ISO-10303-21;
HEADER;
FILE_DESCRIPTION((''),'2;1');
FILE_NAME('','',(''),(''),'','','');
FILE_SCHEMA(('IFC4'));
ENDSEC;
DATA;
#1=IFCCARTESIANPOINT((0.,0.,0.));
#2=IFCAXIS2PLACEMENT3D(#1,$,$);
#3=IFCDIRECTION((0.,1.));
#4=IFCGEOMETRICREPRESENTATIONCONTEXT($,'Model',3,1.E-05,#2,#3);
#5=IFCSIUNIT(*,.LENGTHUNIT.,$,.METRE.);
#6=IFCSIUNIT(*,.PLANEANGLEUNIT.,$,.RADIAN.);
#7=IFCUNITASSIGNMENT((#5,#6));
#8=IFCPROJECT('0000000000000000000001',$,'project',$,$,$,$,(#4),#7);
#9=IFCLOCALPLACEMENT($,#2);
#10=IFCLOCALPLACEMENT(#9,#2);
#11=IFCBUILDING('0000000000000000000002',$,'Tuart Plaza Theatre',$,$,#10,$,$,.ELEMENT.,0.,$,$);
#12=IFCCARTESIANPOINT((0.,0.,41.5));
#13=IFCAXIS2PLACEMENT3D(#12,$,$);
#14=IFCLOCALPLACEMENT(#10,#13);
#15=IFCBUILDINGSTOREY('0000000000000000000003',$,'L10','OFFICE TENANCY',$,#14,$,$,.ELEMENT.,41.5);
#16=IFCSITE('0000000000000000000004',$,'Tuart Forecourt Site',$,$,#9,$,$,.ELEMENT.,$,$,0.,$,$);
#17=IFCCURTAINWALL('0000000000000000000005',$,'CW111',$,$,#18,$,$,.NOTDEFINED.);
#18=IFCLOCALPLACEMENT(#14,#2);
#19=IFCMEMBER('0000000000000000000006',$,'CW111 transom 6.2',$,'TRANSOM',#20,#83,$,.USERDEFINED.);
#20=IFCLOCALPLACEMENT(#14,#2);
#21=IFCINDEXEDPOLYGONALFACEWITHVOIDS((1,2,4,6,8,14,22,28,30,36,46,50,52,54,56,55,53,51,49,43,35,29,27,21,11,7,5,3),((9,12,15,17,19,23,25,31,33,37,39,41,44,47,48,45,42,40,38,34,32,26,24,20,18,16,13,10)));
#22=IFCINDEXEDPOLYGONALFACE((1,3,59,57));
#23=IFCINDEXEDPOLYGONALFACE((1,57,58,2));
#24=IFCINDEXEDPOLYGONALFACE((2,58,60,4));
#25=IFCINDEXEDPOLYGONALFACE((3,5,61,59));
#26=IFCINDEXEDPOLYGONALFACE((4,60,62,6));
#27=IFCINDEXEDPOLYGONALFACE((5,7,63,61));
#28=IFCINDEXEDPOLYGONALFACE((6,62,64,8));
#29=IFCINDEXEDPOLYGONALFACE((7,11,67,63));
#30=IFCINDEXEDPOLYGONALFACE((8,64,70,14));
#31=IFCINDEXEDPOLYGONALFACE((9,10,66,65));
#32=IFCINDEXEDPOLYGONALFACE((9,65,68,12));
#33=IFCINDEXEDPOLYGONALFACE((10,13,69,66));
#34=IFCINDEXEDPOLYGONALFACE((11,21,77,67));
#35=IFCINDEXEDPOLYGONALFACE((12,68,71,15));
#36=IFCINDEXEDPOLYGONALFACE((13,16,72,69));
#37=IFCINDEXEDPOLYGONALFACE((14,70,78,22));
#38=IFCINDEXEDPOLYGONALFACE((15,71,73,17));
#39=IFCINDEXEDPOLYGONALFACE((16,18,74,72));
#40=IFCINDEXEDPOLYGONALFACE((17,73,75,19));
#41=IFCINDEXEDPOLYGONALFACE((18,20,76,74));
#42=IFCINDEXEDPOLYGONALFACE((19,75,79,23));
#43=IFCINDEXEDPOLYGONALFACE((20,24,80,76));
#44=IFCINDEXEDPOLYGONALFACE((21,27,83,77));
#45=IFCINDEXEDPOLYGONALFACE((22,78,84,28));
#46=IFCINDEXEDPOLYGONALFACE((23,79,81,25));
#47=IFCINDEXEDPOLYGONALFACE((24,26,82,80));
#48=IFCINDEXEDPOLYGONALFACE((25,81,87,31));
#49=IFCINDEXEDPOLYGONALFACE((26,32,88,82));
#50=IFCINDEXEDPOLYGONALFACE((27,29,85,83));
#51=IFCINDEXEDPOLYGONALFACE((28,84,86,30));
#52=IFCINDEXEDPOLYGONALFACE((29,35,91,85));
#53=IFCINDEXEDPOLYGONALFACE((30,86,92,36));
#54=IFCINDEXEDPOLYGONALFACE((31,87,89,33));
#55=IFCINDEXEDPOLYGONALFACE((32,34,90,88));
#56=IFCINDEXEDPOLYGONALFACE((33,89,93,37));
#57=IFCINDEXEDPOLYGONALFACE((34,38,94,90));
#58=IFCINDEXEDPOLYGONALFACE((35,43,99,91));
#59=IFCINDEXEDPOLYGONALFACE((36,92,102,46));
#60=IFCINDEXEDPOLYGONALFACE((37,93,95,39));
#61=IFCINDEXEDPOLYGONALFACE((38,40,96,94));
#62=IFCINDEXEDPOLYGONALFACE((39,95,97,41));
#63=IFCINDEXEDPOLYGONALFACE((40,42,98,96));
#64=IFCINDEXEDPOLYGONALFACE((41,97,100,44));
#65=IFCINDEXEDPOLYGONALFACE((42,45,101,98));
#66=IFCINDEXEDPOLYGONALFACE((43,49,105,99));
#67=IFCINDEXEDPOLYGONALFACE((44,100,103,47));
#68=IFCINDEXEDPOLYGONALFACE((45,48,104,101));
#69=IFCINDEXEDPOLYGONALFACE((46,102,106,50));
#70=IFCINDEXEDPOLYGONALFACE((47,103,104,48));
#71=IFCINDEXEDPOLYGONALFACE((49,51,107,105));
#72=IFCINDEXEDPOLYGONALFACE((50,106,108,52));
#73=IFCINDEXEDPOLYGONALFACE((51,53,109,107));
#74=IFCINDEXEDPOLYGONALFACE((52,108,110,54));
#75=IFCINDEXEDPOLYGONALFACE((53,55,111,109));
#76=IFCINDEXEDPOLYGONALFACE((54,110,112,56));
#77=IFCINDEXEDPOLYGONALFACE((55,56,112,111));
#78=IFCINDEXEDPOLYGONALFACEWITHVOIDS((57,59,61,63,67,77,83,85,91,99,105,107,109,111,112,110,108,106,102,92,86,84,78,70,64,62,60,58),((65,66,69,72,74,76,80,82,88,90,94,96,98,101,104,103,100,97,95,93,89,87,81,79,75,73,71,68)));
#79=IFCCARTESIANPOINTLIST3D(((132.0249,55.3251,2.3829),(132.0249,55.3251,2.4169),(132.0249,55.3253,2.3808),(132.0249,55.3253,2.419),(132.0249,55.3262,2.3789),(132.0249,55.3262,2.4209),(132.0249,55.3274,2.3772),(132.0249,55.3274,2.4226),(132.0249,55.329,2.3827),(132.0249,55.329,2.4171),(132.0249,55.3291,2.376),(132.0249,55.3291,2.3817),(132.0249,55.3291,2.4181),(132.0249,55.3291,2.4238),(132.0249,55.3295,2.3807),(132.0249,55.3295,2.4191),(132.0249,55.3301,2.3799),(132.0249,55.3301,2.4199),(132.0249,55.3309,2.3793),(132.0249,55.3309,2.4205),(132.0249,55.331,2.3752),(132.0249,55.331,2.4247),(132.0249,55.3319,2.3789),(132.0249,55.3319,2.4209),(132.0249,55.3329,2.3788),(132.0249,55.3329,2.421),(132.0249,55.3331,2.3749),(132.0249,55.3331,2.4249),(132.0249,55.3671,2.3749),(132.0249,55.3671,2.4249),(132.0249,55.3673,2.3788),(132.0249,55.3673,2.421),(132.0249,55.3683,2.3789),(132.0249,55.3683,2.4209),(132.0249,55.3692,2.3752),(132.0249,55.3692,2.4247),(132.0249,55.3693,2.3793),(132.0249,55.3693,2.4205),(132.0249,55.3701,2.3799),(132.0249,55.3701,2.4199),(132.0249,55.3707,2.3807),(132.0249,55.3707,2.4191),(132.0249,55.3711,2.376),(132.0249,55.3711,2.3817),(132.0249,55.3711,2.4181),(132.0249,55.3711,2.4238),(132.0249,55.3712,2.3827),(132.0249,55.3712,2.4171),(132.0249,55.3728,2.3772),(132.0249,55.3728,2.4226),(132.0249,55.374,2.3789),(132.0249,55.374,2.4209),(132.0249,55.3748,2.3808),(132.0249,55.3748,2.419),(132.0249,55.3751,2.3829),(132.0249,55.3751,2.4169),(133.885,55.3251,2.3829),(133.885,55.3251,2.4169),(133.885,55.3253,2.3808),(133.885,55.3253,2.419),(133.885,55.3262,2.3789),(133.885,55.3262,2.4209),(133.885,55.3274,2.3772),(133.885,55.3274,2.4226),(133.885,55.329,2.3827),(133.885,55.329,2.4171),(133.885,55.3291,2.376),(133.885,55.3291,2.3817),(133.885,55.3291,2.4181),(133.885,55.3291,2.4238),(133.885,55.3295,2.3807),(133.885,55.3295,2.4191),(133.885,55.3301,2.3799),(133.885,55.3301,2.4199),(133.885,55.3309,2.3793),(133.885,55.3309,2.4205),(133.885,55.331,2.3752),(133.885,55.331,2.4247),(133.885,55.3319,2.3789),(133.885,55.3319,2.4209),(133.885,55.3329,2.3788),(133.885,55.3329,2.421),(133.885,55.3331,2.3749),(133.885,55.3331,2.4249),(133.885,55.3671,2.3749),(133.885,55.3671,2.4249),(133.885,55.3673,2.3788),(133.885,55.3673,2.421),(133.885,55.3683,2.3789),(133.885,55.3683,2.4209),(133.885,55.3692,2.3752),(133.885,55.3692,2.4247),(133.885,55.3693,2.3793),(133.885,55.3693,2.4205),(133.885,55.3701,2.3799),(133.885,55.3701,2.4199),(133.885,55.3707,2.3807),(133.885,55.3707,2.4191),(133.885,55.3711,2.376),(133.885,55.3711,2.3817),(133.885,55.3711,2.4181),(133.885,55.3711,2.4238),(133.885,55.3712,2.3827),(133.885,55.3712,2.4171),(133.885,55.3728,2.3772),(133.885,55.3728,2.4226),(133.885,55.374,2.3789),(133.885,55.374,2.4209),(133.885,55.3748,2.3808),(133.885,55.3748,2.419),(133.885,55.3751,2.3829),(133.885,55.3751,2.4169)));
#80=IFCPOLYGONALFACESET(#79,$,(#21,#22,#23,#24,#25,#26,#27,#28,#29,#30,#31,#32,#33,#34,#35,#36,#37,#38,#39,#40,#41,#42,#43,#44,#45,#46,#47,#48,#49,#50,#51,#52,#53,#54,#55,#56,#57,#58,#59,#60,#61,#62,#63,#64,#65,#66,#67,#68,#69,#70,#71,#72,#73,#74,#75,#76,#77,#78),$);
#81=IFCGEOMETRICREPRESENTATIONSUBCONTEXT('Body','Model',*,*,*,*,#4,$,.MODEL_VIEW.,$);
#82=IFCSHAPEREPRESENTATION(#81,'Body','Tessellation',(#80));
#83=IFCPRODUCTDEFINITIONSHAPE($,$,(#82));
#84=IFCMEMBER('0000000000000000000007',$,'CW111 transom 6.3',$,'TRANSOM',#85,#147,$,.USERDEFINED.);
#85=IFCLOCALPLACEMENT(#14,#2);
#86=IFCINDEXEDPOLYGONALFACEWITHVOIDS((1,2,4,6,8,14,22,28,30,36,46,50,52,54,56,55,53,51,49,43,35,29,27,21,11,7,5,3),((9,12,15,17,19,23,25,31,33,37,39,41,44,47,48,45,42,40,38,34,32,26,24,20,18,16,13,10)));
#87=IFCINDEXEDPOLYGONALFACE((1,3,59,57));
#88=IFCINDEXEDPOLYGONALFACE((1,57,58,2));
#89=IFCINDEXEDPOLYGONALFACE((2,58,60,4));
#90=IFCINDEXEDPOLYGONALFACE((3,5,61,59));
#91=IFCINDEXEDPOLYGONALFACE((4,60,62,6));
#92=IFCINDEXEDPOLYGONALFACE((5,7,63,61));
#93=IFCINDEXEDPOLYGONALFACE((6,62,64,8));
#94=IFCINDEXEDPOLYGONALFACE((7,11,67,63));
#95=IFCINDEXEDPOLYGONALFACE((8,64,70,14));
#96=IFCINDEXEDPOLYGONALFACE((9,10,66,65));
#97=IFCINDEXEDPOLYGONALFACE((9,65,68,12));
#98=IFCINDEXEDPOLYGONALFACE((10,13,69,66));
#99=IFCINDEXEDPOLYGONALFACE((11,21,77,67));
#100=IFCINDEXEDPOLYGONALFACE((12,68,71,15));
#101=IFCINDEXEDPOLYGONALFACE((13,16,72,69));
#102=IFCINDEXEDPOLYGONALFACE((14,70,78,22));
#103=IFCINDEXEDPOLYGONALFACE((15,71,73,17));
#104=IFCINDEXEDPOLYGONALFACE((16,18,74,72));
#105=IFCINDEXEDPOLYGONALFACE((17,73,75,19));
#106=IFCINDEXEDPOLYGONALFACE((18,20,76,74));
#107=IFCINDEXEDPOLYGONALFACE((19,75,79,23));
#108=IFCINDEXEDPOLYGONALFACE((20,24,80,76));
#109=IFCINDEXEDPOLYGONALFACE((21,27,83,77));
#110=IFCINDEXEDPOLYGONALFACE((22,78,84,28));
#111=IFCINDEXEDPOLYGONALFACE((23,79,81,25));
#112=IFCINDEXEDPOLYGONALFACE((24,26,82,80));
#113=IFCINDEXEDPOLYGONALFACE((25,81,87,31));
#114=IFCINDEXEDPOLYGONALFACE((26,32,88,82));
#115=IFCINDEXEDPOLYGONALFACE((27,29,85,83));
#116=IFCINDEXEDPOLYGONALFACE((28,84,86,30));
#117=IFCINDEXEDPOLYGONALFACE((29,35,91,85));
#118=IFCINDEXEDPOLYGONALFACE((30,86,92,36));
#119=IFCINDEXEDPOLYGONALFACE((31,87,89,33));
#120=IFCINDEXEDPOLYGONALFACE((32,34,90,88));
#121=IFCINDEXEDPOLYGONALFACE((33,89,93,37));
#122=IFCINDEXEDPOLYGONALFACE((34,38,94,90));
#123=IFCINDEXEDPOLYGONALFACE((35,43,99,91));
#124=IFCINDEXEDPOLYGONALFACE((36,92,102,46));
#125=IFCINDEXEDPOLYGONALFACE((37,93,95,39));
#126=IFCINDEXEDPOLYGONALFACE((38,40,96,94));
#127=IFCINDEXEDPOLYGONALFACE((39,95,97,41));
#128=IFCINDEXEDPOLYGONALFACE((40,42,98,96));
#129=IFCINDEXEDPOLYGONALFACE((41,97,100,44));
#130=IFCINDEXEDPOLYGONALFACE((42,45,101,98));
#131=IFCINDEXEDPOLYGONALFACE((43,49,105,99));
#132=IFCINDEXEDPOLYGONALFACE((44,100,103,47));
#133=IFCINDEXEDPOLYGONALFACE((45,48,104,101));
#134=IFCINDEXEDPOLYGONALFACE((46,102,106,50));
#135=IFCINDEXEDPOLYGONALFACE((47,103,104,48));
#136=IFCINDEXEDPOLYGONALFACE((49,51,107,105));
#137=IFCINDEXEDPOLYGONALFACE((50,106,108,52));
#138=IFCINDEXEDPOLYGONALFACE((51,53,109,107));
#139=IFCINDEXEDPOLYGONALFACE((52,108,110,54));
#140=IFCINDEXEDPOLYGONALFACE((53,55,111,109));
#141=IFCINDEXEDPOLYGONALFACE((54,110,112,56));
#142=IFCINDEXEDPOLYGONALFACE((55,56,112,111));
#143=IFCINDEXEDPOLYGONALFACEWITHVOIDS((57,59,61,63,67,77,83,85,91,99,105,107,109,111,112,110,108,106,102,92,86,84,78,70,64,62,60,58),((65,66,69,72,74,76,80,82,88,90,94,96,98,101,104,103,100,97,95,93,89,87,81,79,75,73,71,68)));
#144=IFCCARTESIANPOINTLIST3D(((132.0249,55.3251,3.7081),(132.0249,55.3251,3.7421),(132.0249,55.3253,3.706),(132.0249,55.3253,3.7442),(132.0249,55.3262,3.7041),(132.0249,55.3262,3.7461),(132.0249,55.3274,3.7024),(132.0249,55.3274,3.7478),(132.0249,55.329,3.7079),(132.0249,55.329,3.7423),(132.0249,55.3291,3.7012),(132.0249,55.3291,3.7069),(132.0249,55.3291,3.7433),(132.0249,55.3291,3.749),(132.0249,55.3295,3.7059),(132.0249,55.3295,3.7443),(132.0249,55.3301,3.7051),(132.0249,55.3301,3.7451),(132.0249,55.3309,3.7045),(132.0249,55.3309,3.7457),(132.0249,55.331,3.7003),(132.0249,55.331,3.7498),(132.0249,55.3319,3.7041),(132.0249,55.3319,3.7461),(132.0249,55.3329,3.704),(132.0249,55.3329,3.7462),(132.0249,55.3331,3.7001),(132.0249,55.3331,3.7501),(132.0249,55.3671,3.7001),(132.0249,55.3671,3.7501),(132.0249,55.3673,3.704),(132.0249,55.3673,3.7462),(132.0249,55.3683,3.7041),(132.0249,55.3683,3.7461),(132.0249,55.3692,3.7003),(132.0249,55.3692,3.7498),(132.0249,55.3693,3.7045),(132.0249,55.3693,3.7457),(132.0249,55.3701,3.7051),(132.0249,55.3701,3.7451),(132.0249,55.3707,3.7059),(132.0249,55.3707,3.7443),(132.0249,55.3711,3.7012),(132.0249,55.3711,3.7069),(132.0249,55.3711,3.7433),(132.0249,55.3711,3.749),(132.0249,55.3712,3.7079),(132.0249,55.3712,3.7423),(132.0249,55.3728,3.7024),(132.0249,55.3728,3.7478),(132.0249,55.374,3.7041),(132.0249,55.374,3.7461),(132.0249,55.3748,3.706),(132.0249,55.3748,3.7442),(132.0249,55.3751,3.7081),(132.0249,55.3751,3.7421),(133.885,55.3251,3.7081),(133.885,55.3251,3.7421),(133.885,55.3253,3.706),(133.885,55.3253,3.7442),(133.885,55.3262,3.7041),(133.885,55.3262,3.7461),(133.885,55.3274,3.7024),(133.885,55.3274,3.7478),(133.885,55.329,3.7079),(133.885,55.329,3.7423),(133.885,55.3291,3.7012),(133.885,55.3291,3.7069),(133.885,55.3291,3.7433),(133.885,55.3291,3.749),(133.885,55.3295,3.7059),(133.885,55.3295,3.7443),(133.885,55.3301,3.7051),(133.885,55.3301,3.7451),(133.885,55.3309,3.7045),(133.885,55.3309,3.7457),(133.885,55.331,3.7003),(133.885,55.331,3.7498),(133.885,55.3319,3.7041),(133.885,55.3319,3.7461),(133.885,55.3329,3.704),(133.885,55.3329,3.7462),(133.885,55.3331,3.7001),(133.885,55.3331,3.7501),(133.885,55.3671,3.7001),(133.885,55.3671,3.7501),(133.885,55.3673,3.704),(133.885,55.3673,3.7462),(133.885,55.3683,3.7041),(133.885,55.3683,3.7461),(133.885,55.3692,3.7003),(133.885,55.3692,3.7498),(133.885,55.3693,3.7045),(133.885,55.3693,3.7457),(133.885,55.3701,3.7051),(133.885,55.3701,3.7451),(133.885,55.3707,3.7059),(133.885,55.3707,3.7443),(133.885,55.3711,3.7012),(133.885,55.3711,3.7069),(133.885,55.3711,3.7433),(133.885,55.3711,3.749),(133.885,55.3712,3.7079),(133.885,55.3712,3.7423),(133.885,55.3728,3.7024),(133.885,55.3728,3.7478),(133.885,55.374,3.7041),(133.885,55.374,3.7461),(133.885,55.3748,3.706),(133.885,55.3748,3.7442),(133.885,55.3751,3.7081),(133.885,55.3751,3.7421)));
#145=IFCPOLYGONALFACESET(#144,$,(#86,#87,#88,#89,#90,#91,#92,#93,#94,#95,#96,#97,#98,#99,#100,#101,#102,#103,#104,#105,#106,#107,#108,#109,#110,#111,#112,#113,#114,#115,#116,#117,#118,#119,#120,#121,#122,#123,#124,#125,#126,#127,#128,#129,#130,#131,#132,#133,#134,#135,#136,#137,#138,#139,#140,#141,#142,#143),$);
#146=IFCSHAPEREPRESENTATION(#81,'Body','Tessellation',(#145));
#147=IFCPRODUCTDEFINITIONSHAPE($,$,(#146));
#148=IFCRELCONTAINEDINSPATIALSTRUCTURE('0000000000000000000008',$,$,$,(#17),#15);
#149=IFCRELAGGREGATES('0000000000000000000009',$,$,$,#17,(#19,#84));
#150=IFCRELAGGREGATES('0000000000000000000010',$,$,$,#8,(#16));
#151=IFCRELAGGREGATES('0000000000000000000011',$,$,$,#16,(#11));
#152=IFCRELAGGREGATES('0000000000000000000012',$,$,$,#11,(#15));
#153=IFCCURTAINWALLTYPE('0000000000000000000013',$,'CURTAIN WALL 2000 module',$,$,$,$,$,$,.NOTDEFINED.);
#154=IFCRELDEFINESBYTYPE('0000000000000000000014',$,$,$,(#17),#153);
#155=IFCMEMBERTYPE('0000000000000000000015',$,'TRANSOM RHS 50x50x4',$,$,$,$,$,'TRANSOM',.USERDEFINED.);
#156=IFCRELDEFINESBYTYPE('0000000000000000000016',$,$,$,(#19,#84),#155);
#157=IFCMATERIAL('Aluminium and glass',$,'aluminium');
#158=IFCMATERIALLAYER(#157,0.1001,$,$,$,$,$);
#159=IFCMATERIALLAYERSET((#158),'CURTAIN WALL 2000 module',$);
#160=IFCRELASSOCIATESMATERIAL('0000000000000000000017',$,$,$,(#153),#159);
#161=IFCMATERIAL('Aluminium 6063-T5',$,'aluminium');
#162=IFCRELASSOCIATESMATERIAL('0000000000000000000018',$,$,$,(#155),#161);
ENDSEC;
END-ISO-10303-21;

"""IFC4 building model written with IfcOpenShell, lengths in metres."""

from ifc_helpers import new_model, si_unit, direction, frame, origin, origin_2d, place, context, subcontext, project, spatial, hollow_rectangle, extrude, material, layer, layer_set, material_profile, profile_set, type_object, element, aggregate, save


model = new_model("IFC4")

# Units and contexts
model_context = context("Model", 3, precision=1e-05, world=origin(), true_north=direction((0.0, 1.0)))
body_context = subcontext(model_context, "Body", "Model", "MODEL_VIEW")
ifc_project = project(units=[si_unit("LENGTHUNIT", "METRE"), si_unit("PLANEANGLEUNIT", "RADIAN")], contexts=[model_context])

# Site, building, storey
site_placement = place(None, origin())
site = spatial("IfcSite", under=ifc_project, at=site_placement, Name="Tuart Forecourt Site", CompositionType="ELEMENT", RefElevation=0.0)
building_placement = place(site_placement, origin())
building = spatial("IfcBuilding", under=site, at=building_placement, Name="Tuart Plaza Theatre", CompositionType="ELEMENT", ElevationOfRefHeight=0.0)
storey_placement = place(building_placement, frame((0.0, 0.0, 41.5)))
storey = spatial("IfcBuildingStorey", under=building, at=storey_placement, Name="L10", Description="OFFICE TENANCY", CompositionType="ELEMENT", Elevation=41.5)

# Curtain wall, members
ifc_material_1 = material(Name="Aluminium and glass", Category="aluminium")
ifc_layer_1 = layer(ifc_material_1, 0.1001)
ifc_layer_set_1 = layer_set([ifc_layer_1], Name="CURTAIN WALL 2000 module")
curtain_wall_type = type_object("IfcCurtainWallType", Name="CURTAIN WALL 2000 module", PredefinedType="NOTDEFINED", material=ifc_layer_set_1)
curtain_wall_placement = place(storey_placement, origin())
curtain_wall = element("IfcCurtainWall", 1, at=curtain_wall_placement, inside=storey, type_object=curtain_wall_type, Name="CW111", PredefinedType="NOTDEFINED")
ifc_material_2 = material(Name="Aluminium 6063-T5", Category="aluminium")
ifc_material_profile_1 = material_profile(ifc_material_2, hollow_rectangle(XDim=0.05, YDim=0.05, WallThickness=0.0039, InnerFilletRadius=0.0039, OuterFilletRadius=0.0081, at=origin_2d()), Name="RHS 50x50x4")
ifc_profile_set_1 = profile_set([ifc_material_profile_1], Name="Aluminium 6063-T5")
member_type_1 = type_object("IfcMemberType", Name="TRANSOM RHS 50x50x4", ElementType="TRANSOM", PredefinedType="USERDEFINED", material=ifc_profile_set_1)
member_1_placement = place(storey_placement, frame((132.0249, 55.3501, 2.3999), z_axis=(1.0, 0.0, 0.0), x_axis=(0.0, 1.0, 0.0)))
member_1 = element("IfcMember", 2, at=member_1_placement, type_object=member_type_1, Name="CW111 transom 6.2", ObjectType="TRANSOM", PredefinedType="USERDEFINED", context=body_context, shape_type="SweptSolid", body=[
    extrude(hollow_rectangle(XDim=0.05, YDim=0.05, WallThickness=0.0039, InnerFilletRadius=0.0039, OuterFilletRadius=0.0081, at=origin_2d()), origin(), (0.0, 0.0, 1.0), 1.8601),
])
member_2_placement = place(storey_placement, frame((132.0249, 55.3501, 3.7251), z_axis=(1.0, 0.0, 0.0), x_axis=(0.0, 1.0, 0.0)))
member_2 = element("IfcMember", 3, at=member_2_placement, type_object=member_type_1, Name="CW111 transom 6.3", ObjectType="TRANSOM", PredefinedType="USERDEFINED", context=body_context, shape_type="SweptSolid", body=[
    extrude(hollow_rectangle(XDim=0.05, YDim=0.05, WallThickness=0.0039, InnerFilletRadius=0.0039, OuterFilletRadius=0.0081, at=origin_2d()), origin(), (0.0, 0.0, 1.0), 1.8601),
])
aggregate(curtain_wall, [member_1, member_2])

save(model, "model.ifc")
